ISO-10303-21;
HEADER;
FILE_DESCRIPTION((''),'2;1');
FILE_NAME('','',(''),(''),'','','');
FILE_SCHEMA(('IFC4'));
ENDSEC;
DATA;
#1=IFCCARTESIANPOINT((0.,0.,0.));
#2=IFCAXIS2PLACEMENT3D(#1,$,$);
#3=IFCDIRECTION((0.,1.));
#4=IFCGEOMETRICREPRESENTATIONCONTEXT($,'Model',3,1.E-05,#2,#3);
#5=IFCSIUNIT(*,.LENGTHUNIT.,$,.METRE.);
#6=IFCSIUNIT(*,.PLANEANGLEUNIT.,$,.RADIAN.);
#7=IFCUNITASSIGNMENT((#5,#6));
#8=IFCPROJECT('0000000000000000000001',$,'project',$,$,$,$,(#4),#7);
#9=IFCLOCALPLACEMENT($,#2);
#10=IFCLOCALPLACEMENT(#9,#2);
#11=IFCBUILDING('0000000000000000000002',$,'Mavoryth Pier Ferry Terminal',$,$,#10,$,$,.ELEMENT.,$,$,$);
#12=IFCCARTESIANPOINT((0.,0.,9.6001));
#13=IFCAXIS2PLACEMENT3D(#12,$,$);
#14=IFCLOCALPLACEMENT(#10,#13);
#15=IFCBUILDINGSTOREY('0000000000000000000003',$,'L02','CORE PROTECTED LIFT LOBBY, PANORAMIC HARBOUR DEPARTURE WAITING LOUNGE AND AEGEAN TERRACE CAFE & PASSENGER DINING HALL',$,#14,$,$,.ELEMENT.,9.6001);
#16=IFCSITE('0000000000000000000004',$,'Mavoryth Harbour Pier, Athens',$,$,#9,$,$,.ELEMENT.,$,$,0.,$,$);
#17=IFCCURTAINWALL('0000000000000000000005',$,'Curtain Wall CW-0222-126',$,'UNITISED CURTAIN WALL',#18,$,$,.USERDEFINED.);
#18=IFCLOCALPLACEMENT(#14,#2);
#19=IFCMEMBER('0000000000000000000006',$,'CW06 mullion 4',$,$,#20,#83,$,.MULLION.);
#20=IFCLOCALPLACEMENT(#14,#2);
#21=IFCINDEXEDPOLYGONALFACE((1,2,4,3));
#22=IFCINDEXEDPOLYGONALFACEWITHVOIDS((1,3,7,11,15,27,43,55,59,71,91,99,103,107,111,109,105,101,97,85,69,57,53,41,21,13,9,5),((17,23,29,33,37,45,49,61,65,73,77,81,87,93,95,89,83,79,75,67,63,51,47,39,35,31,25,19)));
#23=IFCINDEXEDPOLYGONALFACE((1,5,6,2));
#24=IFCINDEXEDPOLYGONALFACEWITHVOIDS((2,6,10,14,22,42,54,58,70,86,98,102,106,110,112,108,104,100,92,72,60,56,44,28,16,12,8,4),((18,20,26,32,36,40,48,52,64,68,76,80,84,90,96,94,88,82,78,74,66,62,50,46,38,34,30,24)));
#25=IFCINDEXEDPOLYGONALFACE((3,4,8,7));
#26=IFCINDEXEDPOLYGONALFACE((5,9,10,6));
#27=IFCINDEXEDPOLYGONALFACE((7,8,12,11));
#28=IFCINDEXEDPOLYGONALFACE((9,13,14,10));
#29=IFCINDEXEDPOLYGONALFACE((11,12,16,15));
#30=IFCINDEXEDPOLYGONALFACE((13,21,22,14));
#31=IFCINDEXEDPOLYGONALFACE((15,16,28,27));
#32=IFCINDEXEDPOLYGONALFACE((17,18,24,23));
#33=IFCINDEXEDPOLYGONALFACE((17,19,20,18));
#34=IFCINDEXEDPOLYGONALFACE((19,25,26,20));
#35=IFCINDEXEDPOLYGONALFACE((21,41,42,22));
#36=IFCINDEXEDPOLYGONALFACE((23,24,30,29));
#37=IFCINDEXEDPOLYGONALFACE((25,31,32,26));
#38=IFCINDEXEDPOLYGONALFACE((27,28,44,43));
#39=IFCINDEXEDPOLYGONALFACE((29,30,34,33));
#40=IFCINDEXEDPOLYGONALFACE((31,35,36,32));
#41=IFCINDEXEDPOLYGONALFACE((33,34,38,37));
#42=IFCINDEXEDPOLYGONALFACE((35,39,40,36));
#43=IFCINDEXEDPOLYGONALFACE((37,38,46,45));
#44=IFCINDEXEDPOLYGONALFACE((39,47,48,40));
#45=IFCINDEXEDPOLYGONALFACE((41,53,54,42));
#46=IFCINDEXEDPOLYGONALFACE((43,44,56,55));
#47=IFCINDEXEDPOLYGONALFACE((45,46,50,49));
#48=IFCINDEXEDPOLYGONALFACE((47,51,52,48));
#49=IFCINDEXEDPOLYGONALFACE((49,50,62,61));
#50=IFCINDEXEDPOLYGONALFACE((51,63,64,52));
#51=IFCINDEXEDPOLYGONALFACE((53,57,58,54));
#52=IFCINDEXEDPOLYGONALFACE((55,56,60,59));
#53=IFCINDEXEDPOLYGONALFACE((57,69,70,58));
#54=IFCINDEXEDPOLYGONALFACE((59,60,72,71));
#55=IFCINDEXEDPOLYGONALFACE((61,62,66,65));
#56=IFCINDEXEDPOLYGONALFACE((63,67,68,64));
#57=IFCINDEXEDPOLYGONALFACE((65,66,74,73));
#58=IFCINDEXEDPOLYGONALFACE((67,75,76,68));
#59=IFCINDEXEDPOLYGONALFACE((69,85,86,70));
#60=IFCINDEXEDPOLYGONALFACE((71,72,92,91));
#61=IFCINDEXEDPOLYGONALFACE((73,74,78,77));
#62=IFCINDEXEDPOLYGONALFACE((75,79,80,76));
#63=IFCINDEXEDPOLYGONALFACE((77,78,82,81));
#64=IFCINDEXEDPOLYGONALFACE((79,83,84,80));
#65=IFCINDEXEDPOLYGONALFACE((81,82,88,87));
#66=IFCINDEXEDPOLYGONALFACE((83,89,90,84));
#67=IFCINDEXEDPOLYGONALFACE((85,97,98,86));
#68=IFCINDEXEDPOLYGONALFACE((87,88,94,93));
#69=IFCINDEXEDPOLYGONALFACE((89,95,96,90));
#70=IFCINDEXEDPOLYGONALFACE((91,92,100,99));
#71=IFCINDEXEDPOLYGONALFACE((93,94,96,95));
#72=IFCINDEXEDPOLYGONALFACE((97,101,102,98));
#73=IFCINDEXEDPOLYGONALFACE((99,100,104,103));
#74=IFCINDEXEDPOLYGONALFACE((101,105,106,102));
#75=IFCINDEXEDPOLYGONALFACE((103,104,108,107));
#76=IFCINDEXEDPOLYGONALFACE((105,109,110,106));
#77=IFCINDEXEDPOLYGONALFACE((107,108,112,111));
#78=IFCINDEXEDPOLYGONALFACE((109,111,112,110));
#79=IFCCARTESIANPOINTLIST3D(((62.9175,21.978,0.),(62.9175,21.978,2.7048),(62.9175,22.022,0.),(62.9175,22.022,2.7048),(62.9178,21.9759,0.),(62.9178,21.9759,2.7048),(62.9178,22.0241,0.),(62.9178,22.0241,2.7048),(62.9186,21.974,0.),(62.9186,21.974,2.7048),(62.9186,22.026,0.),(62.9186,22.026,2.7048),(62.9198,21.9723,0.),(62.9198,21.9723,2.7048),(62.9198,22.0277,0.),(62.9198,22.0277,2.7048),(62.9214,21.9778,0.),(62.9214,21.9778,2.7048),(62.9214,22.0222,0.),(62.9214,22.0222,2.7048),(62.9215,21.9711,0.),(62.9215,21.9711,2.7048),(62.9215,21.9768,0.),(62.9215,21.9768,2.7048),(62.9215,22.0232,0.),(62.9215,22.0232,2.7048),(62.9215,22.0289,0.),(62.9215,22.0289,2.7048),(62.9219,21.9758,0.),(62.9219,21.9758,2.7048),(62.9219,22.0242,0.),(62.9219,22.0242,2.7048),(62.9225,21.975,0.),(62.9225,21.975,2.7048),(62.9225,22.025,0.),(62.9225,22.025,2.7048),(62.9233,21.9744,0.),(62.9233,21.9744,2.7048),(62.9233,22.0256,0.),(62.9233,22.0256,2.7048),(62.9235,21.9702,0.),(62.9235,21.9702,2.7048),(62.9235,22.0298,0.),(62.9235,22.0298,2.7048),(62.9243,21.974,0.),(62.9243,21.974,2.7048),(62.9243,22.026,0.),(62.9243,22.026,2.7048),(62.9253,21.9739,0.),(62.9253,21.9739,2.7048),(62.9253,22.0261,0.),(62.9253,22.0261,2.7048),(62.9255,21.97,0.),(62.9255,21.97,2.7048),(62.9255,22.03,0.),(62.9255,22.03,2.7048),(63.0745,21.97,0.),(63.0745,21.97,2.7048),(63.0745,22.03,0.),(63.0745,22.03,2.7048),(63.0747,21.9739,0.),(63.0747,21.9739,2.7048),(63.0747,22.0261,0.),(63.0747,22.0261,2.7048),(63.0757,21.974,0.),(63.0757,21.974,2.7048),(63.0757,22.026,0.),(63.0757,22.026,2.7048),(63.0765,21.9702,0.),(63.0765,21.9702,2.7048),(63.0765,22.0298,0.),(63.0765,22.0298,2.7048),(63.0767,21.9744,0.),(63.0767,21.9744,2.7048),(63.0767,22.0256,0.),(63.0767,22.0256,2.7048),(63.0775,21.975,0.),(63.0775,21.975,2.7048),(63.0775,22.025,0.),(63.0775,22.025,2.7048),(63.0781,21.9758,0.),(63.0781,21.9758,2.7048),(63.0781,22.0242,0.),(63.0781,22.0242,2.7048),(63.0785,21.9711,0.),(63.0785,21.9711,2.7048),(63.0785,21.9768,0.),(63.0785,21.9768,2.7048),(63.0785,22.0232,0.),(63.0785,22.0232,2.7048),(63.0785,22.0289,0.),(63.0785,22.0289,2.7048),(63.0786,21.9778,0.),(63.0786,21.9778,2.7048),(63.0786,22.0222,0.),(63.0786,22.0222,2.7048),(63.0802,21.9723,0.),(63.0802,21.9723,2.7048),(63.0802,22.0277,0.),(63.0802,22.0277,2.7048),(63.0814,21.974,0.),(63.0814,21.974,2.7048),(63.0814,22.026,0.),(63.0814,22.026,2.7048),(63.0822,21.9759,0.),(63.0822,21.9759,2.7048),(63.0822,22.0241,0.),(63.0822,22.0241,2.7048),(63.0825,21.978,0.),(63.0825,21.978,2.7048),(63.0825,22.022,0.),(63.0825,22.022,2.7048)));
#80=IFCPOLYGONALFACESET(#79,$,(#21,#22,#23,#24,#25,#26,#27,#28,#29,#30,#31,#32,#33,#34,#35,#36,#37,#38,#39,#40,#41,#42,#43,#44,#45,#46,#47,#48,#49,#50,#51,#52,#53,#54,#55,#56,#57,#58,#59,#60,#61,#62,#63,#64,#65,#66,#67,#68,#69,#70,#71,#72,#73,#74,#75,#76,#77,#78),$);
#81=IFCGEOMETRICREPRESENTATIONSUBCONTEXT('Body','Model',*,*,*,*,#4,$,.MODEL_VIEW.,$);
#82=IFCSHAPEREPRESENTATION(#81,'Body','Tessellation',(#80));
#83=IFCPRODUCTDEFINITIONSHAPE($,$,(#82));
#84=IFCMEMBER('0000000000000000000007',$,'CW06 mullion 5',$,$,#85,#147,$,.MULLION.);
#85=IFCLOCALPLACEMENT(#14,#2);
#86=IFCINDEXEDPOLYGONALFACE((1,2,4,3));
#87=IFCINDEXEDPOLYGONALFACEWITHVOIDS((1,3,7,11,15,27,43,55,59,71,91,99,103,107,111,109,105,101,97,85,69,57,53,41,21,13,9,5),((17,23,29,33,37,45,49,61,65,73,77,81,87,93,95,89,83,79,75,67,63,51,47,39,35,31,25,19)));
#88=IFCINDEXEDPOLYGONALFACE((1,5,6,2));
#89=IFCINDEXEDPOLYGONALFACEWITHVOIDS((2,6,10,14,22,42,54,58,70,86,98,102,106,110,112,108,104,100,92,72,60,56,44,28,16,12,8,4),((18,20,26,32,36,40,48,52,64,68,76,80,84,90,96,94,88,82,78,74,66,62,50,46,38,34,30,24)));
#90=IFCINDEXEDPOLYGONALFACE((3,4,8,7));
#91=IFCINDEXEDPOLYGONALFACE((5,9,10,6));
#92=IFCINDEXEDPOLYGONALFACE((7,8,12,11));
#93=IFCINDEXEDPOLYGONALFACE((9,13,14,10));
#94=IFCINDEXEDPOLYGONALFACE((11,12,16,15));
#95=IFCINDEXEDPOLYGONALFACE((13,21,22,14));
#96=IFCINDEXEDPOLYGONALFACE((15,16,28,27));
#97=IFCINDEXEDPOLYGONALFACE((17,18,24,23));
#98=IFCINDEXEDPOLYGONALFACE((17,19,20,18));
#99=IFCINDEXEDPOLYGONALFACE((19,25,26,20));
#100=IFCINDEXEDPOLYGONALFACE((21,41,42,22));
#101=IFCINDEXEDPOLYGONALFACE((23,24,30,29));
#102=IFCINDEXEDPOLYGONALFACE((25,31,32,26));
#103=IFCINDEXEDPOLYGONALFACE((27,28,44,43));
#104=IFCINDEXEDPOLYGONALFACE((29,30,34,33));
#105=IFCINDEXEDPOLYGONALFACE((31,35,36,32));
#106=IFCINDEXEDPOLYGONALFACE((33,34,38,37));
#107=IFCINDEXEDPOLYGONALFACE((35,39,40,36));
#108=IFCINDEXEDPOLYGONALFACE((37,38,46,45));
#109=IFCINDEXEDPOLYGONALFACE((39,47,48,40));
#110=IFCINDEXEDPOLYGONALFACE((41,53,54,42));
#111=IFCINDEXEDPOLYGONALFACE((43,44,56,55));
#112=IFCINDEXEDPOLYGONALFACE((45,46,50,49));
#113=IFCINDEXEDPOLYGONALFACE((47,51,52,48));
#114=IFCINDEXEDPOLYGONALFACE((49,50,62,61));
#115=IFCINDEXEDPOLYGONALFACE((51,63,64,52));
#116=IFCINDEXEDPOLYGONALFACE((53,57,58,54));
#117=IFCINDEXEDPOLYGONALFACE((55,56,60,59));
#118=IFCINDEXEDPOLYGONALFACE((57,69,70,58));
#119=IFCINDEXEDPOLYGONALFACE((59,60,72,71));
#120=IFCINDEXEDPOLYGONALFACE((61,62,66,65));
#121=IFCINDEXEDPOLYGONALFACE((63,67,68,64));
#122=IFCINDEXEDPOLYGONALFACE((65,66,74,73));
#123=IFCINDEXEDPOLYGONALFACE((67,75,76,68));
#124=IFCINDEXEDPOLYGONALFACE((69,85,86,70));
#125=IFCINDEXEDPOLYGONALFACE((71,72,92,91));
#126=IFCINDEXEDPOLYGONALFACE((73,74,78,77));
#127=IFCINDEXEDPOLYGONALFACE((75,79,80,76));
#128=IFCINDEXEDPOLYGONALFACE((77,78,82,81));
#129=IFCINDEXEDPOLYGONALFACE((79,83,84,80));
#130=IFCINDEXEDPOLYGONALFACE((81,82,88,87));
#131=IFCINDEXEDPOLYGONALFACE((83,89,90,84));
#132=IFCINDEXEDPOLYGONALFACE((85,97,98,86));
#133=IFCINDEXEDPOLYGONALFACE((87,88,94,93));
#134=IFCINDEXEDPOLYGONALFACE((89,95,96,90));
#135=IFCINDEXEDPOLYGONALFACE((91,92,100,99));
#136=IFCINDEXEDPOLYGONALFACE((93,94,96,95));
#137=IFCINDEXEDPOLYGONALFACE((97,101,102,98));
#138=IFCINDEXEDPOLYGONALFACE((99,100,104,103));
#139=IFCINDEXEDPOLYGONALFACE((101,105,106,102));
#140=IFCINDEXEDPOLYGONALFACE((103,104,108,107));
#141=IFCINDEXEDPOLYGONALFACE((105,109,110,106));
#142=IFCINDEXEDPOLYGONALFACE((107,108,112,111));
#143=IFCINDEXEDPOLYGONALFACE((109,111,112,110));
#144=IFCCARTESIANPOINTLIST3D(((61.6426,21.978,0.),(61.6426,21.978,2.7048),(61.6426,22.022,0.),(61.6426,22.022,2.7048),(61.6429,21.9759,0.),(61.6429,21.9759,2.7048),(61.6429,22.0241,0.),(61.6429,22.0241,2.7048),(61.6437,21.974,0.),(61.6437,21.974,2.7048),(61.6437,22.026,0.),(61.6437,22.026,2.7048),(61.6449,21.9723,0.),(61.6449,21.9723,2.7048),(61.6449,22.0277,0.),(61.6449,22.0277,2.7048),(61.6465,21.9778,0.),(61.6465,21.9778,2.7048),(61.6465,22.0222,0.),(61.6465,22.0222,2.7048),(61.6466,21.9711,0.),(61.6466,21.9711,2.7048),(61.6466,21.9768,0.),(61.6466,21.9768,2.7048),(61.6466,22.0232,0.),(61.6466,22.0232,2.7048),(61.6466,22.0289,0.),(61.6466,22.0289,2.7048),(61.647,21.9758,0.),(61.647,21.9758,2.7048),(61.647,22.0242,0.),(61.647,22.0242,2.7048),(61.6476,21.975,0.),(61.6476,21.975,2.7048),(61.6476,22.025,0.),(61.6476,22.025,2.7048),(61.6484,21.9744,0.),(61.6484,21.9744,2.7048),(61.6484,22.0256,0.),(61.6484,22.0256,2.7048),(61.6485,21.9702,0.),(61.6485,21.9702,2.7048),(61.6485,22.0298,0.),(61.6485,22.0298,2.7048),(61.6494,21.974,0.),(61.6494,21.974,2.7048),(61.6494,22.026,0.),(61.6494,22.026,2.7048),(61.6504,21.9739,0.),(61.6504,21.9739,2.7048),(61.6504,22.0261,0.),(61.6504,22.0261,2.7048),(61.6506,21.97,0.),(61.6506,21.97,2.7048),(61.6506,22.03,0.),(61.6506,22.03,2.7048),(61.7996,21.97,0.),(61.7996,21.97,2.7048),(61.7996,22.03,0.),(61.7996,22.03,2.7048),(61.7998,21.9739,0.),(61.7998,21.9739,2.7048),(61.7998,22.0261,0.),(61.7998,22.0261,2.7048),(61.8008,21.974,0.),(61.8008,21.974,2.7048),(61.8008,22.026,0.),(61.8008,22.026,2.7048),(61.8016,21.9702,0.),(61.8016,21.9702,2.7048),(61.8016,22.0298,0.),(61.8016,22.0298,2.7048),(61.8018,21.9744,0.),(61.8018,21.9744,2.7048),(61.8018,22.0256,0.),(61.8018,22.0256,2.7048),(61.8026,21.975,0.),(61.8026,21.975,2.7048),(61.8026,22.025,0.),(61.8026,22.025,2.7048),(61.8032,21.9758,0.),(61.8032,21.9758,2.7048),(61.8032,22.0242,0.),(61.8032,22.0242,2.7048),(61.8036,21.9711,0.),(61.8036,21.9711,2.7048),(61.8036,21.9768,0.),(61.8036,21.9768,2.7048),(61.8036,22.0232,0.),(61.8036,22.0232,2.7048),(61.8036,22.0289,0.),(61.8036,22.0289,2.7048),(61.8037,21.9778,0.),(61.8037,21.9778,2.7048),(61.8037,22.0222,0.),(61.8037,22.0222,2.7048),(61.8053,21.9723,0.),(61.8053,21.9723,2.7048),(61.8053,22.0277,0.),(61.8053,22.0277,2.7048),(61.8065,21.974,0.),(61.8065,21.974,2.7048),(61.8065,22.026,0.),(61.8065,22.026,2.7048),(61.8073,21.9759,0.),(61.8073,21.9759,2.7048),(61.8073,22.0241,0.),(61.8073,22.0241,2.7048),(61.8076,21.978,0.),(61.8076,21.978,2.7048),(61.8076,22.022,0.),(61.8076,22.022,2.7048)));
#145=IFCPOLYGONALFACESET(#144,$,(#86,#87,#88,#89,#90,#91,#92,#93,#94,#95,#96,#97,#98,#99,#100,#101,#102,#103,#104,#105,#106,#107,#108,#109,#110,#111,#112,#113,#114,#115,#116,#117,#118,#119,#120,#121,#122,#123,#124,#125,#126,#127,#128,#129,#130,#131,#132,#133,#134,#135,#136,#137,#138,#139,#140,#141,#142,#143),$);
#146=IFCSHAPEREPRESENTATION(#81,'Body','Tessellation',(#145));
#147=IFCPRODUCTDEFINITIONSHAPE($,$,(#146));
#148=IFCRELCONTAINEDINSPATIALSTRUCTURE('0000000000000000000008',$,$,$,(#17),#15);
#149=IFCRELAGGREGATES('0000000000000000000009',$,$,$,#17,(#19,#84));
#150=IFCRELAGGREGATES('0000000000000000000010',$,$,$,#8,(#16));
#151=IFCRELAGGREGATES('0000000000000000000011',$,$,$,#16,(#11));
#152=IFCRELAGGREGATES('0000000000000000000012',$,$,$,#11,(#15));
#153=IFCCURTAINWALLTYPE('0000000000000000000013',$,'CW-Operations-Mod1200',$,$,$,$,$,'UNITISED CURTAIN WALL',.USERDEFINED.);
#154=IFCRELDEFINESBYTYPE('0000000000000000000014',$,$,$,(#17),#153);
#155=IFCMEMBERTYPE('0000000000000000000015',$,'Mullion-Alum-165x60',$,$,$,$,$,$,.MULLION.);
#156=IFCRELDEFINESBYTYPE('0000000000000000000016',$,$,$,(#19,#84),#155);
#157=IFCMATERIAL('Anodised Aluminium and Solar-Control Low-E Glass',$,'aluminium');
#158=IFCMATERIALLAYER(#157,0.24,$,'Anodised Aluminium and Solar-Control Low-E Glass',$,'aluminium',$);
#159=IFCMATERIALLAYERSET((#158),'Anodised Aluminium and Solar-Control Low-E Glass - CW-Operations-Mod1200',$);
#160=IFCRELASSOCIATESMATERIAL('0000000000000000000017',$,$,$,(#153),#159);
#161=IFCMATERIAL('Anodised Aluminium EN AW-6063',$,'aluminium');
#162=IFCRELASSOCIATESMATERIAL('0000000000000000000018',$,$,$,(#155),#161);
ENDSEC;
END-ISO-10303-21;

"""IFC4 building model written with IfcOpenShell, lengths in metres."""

from ifc_helpers import new_model, si_unit, direction, frame, origin, origin_2d, place, context, subcontext, project, spatial, hollow_rectangle, extrude, material, layer, layer_set, material_profile, profile_set, type_object, element, aggregate, save


model = new_model("IFC4")

# Units and contexts
model_context = context("Model", 3, precision=1e-05, world=origin(), true_north=direction((0.0, 1.0)))
body_context = subcontext(model_context, "Body", "Model", "MODEL_VIEW")
ifc_project = project(units=[si_unit("LENGTHUNIT", "METRE"), si_unit("PLANEANGLEUNIT", "RADIAN")], contexts=[model_context])

# Site, building, storey
site_placement = place(None, origin())
site = spatial("IfcSite", under=ifc_project, at=site_placement, Name="Mavoryth Harbour Pier, Athens", CompositionType="ELEMENT", RefElevation=0.0)
building_placement = place(site_placement, origin())
building = spatial("IfcBuilding", under=site, at=building_placement, Name="Mavoryth Pier Ferry Terminal", CompositionType="ELEMENT")
storey_placement = place(building_placement, frame((0.0, 0.0, 9.6001)))
storey = spatial("IfcBuildingStorey", under=building, at=storey_placement, Name="L02", Description="CORE PROTECTED LIFT LOBBY, PANORAMIC HARBOUR DEPARTURE WAITING LOUNGE AND AEGEAN TERRACE CAFE & PASSENGER DINING HALL", CompositionType="ELEMENT", Elevation=9.6001)

# Curtain wall, members
ifc_material_1 = material(Name="Anodised Aluminium and Solar-Control Low-E Glass", Category="aluminium")
ifc_layer_1 = layer(ifc_material_1, 0.24, Name="Anodised Aluminium and Solar-Control Low-E Glass", Category="aluminium")
ifc_layer_set_1 = layer_set([ifc_layer_1], Name="Anodised Aluminium and Solar-Control Low-E Glass - CW-Operations-Mod1200")
curtain_wall_type = type_object("IfcCurtainWallType", Name="CW-Operations-Mod1200", ElementType="UNITISED CURTAIN WALL", PredefinedType="USERDEFINED", material=ifc_layer_set_1)
curtain_wall_placement = place(storey_placement, origin())
curtain_wall = element("IfcCurtainWall", 1, at=curtain_wall_placement, inside=storey, type_object=curtain_wall_type, Name="Curtain Wall CW-0222-126", ObjectType="UNITISED CURTAIN WALL", PredefinedType="USERDEFINED")
ifc_material_2 = material(Name="Anodised Aluminium EN AW-6063", Category="aluminium")
ifc_material_profile_1 = material_profile(ifc_material_2, hollow_rectangle(XDim=0.0601, YDim=0.165, WallThickness=0.0039, InnerFilletRadius=0.0039, OuterFilletRadius=0.0081, at=origin_2d()), Name="AL-MULL 165x60x4", Category="aluminium")
ifc_profile_set_1 = profile_set([ifc_material_profile_1], Name="Anodised Aluminium EN AW-6063 - AL-MULL 165x60x4")
member_type_1 = type_object("IfcMemberType", Name="Mullion-Alum-165x60", PredefinedType="MULLION", material=ifc_profile_set_1)
member_1_placement = place(storey_placement, frame((63.0, 22.0, 0.0), z_axis=(0.0, 0.0, 1.0), x_axis=(0.0, -1.0, 0.0)))
member_1 = element("IfcMember", 2, at=member_1_placement, type_object=member_type_1, Name="CW06 mullion 4", PredefinedType="MULLION", context=body_context, shape_type="SweptSolid", body=[
    extrude(hollow_rectangle(XDim=0.0601, YDim=0.165, WallThickness=0.0039, InnerFilletRadius=0.0039, OuterFilletRadius=0.0081, at=origin_2d()), origin(), (0.0, 0.0, 1.0), 2.7048),
])
member_2_placement = place(storey_placement, frame((61.7251, 22.0, 0.0), z_axis=(0.0, 0.0, 1.0), x_axis=(0.0, -1.0, 0.0)))
member_2 = element("IfcMember", 3, at=member_2_placement, type_object=member_type_1, Name="CW06 mullion 5", PredefinedType="MULLION", context=body_context, shape_type="SweptSolid", body=[
    extrude(hollow_rectangle(XDim=0.0601, YDim=0.165, WallThickness=0.0039, InnerFilletRadius=0.0039, OuterFilletRadius=0.0081, at=origin_2d()), origin(), (0.0, 0.0, 1.0), 2.7048),
])
aggregate(curtain_wall, [member_1, member_2])

save(model, "model.ifc")
